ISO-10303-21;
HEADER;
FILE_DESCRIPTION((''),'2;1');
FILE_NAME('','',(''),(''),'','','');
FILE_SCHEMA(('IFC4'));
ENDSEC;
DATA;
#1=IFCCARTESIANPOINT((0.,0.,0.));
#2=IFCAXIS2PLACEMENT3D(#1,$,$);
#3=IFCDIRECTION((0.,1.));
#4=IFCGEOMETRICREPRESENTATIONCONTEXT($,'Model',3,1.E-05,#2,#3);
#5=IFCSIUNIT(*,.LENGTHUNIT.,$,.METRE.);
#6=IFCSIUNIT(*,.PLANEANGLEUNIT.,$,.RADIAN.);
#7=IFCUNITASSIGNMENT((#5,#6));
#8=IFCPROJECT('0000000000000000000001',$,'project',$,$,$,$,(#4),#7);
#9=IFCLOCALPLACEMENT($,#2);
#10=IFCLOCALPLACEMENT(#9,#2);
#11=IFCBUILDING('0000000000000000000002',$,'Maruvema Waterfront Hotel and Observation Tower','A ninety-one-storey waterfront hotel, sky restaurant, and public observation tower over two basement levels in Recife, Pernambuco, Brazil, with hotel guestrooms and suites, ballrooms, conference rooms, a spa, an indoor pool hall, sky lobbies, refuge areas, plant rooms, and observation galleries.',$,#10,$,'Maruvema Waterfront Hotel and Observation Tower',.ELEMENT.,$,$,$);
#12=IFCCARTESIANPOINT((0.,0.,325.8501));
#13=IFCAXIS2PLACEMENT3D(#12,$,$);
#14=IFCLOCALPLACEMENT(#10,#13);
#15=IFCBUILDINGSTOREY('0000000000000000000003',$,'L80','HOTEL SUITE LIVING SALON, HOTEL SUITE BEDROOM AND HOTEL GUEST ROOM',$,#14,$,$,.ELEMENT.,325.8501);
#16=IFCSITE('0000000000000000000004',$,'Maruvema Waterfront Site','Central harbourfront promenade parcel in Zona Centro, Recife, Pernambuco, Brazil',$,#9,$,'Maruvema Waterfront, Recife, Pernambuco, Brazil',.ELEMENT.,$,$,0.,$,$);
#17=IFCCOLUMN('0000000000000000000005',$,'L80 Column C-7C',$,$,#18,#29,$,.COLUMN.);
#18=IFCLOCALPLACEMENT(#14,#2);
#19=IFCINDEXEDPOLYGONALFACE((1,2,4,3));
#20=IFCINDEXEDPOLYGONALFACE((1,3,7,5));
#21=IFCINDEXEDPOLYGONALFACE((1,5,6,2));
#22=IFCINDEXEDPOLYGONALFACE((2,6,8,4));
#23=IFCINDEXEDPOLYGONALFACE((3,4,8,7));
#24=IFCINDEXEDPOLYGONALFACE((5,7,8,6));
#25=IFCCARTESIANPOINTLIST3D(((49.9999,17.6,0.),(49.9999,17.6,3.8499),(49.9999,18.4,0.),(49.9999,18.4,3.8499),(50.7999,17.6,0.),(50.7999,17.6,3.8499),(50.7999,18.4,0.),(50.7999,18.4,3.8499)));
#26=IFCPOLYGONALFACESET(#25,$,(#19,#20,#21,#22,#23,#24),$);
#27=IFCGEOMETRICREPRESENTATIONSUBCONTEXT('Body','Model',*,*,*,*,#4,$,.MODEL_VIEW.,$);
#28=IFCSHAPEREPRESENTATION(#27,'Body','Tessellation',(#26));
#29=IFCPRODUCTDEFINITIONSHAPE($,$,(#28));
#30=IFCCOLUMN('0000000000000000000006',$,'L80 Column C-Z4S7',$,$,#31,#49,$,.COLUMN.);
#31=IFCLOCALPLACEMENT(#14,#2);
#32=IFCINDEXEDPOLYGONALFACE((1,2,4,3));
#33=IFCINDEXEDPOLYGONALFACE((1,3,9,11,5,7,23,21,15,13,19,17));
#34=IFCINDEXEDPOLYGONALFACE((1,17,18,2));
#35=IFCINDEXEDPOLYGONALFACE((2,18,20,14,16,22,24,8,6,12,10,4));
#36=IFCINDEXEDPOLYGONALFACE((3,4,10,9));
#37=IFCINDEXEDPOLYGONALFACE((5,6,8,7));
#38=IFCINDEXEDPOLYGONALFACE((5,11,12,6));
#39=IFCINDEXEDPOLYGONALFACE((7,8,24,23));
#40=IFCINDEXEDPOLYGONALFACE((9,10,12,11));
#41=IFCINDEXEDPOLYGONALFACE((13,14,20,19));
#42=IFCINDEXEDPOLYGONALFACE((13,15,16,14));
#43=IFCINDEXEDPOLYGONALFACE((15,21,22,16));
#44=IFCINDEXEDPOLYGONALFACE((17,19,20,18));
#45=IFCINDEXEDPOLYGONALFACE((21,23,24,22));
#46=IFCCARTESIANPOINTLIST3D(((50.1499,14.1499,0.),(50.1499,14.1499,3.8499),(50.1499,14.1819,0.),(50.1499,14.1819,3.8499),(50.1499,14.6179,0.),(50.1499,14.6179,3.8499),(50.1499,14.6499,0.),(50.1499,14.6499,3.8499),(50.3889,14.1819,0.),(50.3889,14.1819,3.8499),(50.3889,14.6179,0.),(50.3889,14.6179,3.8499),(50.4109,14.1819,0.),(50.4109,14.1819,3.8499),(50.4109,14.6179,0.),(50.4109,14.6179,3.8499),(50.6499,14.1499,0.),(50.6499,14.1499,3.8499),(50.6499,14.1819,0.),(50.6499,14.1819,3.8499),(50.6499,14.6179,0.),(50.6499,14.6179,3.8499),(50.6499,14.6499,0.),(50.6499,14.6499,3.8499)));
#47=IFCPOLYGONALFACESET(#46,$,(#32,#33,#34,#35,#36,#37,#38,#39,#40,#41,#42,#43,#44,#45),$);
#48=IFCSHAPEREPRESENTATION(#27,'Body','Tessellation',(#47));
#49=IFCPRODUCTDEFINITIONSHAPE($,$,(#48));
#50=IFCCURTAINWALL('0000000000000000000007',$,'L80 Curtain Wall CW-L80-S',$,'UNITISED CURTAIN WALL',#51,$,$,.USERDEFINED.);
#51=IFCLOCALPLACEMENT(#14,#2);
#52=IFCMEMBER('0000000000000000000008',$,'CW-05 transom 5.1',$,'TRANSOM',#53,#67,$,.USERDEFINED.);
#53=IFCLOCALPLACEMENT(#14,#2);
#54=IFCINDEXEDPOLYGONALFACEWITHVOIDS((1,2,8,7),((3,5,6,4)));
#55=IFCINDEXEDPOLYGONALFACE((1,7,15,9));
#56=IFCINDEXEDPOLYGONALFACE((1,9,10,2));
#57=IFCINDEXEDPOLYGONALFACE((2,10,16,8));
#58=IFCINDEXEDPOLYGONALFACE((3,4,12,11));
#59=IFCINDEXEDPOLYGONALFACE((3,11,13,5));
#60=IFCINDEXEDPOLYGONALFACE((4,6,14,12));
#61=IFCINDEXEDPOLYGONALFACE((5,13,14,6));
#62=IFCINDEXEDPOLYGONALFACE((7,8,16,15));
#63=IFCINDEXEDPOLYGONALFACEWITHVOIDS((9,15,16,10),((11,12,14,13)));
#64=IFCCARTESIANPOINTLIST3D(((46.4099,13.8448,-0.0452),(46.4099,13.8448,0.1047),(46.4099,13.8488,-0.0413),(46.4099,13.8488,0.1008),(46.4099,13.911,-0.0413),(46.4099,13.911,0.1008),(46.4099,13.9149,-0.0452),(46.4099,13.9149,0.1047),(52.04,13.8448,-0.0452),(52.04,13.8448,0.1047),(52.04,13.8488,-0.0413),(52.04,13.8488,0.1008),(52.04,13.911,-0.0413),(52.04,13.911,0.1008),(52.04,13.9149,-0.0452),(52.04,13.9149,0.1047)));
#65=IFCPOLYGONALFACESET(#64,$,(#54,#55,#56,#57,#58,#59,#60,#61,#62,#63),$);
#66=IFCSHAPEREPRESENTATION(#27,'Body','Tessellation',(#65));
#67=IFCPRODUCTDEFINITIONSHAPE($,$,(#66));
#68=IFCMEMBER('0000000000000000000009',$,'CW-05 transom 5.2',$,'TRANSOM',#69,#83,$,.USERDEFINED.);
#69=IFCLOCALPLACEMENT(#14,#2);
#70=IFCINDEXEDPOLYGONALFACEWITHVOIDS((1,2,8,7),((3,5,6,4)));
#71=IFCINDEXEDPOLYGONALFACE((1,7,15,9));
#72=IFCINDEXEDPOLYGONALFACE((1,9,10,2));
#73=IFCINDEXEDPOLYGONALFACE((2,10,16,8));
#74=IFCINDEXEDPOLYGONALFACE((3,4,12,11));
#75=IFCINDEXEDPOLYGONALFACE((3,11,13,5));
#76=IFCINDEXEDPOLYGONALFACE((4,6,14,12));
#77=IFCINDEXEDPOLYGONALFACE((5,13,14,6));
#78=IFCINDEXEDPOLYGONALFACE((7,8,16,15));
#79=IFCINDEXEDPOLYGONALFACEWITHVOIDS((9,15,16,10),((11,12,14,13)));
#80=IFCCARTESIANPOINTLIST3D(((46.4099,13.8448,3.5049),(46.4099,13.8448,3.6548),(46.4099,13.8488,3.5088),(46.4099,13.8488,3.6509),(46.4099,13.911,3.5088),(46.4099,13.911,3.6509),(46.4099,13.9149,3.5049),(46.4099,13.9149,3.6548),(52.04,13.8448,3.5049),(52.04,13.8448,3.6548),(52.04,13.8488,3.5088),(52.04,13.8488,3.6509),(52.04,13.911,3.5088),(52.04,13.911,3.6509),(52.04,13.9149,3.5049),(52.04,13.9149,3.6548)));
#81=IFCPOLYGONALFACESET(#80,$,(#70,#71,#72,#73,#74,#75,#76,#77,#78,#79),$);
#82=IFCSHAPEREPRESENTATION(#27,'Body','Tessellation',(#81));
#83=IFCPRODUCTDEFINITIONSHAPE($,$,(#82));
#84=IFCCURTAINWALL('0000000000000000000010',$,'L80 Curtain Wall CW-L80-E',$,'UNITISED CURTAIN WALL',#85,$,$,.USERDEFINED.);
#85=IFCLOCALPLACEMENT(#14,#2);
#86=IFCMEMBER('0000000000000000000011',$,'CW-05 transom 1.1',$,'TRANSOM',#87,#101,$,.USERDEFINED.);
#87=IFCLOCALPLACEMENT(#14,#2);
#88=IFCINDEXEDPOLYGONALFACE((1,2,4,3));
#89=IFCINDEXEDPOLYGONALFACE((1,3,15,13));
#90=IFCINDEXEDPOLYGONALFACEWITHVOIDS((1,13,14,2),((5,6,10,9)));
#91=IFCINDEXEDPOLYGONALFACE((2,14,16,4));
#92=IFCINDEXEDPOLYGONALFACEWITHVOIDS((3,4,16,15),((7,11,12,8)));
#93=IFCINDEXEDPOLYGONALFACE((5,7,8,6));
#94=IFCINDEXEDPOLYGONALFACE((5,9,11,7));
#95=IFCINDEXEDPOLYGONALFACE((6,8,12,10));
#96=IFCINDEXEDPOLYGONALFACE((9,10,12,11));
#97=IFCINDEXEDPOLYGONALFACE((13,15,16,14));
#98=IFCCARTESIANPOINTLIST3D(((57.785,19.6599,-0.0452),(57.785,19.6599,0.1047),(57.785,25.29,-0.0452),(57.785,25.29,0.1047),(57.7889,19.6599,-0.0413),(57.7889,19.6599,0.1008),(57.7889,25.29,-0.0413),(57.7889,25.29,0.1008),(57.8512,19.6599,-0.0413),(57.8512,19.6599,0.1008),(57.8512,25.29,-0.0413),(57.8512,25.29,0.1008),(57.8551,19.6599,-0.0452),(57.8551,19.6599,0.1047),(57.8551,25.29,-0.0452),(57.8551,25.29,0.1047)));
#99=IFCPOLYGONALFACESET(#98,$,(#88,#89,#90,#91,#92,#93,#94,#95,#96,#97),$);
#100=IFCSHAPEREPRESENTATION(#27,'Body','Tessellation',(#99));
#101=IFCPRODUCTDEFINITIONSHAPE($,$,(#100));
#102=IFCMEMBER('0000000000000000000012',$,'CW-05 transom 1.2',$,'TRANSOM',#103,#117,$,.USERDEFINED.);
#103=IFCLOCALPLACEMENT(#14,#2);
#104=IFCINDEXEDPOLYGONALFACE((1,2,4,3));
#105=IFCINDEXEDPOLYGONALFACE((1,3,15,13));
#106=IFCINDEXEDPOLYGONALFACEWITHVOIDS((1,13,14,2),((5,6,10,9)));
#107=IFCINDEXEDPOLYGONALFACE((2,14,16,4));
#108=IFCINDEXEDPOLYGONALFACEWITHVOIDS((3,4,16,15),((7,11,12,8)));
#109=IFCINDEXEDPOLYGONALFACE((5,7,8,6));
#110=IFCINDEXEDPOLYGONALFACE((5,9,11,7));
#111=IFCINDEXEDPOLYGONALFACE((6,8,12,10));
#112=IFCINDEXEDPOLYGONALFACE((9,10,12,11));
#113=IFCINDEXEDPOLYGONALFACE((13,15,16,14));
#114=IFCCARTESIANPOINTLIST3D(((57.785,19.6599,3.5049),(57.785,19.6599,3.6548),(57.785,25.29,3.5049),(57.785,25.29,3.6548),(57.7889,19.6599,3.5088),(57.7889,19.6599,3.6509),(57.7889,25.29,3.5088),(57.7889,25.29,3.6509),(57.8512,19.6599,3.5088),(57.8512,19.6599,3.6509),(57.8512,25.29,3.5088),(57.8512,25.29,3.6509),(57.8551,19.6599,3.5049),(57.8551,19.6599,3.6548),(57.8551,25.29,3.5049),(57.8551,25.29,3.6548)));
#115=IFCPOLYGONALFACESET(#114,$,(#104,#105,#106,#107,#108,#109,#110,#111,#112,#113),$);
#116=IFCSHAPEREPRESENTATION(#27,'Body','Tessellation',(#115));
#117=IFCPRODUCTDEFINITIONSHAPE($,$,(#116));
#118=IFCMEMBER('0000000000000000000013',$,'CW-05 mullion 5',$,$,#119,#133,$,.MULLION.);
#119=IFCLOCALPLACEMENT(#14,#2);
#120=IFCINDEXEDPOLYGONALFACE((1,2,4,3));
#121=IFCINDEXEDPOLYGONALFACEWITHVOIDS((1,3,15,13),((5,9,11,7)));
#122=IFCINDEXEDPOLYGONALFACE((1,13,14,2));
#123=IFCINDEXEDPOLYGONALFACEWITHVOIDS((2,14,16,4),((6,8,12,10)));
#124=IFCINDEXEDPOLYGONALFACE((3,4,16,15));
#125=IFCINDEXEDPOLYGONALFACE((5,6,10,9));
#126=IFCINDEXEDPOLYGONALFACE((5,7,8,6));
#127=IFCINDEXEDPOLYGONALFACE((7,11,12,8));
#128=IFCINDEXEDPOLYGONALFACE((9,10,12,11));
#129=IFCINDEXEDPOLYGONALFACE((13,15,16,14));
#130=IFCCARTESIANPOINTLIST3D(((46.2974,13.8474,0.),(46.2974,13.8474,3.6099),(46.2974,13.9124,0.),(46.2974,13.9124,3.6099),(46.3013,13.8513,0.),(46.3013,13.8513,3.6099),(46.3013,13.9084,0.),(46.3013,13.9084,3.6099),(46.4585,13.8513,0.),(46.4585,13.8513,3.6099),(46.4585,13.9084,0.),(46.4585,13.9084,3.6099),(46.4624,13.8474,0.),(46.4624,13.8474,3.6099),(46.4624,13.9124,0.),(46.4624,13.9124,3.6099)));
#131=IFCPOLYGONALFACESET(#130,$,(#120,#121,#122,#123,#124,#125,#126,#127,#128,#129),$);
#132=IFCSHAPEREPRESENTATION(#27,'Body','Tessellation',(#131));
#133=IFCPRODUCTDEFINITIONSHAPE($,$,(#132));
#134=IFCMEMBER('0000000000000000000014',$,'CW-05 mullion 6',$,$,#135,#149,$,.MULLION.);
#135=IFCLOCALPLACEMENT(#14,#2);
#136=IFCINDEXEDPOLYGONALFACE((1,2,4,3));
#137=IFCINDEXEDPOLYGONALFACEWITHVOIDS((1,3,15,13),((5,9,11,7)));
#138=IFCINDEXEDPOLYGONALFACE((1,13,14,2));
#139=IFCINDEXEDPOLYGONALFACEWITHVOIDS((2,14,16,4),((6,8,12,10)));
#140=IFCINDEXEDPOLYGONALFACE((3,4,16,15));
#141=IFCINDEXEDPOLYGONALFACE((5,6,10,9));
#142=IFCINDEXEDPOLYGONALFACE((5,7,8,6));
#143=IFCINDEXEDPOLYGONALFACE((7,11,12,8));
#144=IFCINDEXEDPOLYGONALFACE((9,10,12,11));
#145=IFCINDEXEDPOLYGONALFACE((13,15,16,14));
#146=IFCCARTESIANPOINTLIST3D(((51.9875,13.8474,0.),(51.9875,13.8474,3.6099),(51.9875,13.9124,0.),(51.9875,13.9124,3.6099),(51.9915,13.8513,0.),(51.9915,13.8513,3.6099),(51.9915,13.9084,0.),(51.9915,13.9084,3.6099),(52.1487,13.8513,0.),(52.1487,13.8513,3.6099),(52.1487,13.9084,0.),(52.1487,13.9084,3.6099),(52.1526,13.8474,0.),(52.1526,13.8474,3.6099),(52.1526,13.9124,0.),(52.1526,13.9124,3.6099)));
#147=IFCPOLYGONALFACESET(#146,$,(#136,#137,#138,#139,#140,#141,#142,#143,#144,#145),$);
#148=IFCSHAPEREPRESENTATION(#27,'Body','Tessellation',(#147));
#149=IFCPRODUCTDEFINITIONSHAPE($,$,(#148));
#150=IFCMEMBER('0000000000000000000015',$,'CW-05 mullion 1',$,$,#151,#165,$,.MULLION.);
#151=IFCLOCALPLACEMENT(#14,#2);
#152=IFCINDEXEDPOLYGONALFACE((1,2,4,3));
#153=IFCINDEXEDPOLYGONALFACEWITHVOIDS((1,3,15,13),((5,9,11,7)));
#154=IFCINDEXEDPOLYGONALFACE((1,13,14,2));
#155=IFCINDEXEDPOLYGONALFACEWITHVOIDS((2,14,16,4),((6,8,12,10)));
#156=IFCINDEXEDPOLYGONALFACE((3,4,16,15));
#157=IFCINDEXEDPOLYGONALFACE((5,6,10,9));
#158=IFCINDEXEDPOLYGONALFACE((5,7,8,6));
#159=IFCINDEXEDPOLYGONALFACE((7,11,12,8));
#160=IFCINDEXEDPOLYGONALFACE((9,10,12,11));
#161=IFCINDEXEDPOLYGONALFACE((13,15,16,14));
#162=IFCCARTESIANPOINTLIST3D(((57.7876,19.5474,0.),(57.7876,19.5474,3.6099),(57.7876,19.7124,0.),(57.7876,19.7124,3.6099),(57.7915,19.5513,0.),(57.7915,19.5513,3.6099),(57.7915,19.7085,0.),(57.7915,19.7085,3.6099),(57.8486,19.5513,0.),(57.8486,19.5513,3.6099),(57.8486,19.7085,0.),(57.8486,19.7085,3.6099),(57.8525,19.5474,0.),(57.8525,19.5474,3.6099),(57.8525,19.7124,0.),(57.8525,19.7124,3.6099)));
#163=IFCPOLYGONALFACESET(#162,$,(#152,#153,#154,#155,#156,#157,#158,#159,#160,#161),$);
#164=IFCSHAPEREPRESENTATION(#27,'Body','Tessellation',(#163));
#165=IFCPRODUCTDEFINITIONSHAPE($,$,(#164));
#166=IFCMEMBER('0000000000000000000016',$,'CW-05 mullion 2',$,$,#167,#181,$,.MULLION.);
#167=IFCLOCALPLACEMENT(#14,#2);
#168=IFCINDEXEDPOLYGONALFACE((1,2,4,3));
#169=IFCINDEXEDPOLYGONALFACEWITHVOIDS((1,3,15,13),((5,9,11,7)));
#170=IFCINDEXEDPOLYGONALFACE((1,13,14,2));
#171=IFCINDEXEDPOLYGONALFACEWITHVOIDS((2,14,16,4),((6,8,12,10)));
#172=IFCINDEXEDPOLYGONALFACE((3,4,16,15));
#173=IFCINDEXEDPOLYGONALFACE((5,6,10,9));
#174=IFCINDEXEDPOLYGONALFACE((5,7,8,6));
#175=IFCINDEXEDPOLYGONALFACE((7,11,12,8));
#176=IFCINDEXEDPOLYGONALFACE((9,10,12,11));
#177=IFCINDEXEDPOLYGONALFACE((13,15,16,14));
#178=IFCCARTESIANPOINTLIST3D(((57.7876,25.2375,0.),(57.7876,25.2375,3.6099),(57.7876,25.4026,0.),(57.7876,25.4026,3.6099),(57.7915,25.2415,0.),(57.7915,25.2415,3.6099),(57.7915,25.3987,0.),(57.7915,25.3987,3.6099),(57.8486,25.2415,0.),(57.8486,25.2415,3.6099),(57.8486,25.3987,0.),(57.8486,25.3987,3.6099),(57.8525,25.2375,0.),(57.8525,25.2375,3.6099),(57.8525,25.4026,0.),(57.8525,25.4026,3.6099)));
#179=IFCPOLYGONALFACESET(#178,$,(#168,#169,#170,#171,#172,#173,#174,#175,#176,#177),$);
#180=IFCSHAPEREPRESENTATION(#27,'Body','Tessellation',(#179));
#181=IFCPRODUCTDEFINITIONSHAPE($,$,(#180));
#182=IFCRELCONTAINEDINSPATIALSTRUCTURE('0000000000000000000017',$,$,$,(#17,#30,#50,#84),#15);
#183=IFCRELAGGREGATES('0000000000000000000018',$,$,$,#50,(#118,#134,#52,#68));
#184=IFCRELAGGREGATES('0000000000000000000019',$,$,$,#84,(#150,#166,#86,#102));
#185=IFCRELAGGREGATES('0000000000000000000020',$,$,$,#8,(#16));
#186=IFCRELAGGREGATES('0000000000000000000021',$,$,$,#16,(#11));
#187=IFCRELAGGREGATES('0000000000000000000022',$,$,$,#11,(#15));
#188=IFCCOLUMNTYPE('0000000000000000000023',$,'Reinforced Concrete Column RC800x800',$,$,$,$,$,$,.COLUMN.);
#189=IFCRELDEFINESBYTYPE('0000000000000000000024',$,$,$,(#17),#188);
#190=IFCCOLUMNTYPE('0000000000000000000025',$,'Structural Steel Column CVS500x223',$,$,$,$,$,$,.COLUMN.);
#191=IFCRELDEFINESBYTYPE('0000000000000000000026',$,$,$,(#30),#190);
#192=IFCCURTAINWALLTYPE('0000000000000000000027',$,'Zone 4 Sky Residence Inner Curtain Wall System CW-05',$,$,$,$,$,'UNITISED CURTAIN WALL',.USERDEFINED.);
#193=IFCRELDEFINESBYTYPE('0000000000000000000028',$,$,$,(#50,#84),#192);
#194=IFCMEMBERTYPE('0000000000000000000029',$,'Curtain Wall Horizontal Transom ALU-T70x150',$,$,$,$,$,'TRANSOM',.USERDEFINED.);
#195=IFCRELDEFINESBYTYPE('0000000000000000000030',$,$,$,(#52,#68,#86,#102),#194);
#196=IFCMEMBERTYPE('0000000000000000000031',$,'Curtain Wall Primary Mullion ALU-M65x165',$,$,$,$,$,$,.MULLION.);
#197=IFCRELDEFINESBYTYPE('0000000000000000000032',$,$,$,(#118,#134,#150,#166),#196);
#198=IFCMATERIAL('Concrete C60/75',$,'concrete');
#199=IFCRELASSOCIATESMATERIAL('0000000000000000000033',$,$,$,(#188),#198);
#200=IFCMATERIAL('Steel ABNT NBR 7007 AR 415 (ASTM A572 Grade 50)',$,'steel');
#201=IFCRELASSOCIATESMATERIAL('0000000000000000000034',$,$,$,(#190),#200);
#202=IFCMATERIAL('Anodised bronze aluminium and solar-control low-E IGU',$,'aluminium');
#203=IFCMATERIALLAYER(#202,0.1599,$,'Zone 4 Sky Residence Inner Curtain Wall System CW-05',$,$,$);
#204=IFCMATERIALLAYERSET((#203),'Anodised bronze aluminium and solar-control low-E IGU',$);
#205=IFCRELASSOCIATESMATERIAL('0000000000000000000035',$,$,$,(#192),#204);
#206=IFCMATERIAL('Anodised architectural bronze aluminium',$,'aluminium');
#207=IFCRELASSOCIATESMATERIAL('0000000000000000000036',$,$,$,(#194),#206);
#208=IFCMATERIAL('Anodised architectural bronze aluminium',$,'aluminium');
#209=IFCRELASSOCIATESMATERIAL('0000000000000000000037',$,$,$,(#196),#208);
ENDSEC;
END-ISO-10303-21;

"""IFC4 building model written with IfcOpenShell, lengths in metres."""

from ifc_helpers import new_model, si_unit, direction, frame, origin, origin_2d, place, context, subcontext, project, spatial, rectangle, hollow_rectangle, i_section, extrude, material, layer, layer_set, material_profile, profile_set, type_object, element, aggregate, save


model = new_model("IFC4")

# Units and contexts
model_context = context("Model", 3, precision=1e-05, world=origin(), true_north=direction((0.0, 1.0)))
body_context = subcontext(model_context, "Body", "Model", "MODEL_VIEW")
ifc_project = project(units=[si_unit("LENGTHUNIT", "METRE"), si_unit("PLANEANGLEUNIT", "RADIAN")], contexts=[model_context])

# Site, building, storey
site_placement = place(None, origin())
site = spatial("IfcSite", under=ifc_project, at=site_placement, Name="Maruvema Waterfront Site", Description="Central harbourfront promenade parcel in Zona Centro, Recife, Pernambuco, Brazil", LongName="Maruvema Waterfront, Recife, Pernambuco, Brazil", CompositionType="ELEMENT", RefElevation=0.0)
building_placement = place(site_placement, origin())
building = spatial("IfcBuilding", under=site, at=building_placement, Name="Maruvema Waterfront Hotel and Observation Tower", Description="A ninety-one-storey waterfront hotel, sky restaurant, and public observation tower over two basement levels in Recife, Pernambuco, Brazil, with hotel guestrooms and suites, ballrooms, conference rooms, a spa, an indoor pool hall, sky lobbies, refuge areas, plant rooms, and observation galleries.", LongName="Maruvema Waterfront Hotel and Observation Tower", CompositionType="ELEMENT")
storey_placement = place(building_placement, frame((0.0, 0.0, 325.8501)))
storey = spatial("IfcBuildingStorey", under=building, at=storey_placement, Name="L80", Description="HOTEL SUITE LIVING SALON, HOTEL SUITE BEDROOM AND HOTEL GUEST ROOM", CompositionType="ELEMENT", Elevation=325.8501)

# Columns
ifc_material_1 = material(Name="Concrete C60/75", Category="concrete")
ifc_material_profile_1 = material_profile(ifc_material_1, rectangle(XDim=0.8, YDim=0.8, at=origin_2d()), Name="RC800x800")
ifc_profile_set_1 = profile_set([ifc_material_profile_1], Name="Concrete C60/75")
column_type_1 = type_object("IfcColumnType", Name="Reinforced Concrete Column RC800x800", PredefinedType="COLUMN", material=ifc_profile_set_1)
column_1_placement = place(storey_placement, frame((50.3999, 18.0, 0.0), z_axis=(0.0, 0.0, 1.0), x_axis=(1.0, 0.0, 0.0)))
element("IfcColumn", 1, at=column_1_placement, inside=storey, type_object=column_type_1, Name="L80 Column C-7C", PredefinedType="COLUMN", context=body_context, shape_type="SweptSolid", body=[
    extrude(rectangle(XDim=0.8, YDim=0.8, at=origin_2d()), origin(), (0.0, 0.0, 1.0), 3.8499),
])
ifc_material_2 = material(Name="Steel ABNT NBR 7007 AR 415 (ASTM A572 Grade 50)", Category="steel")
ifc_material_profile_2 = material_profile(ifc_material_2, i_section(OverallWidth=0.5, OverallDepth=0.5, WebThickness=0.022, FlangeThickness=0.032, at=origin_2d()), Name="CVS500x223")
ifc_profile_set_2 = profile_set([ifc_material_profile_2], Name="Steel ABNT NBR 7007 AR 415 (ASTM A572 Grade 50)")
column_type_2 = type_object("IfcColumnType", Name="Structural Steel Column CVS500x223", PredefinedType="COLUMN", material=ifc_profile_set_2)
column_2_placement = place(storey_placement, frame((50.3999, 14.3999, 0.0), z_axis=(0.0, 0.0, 1.0), x_axis=(1.0, 0.0, 0.0)))
element("IfcColumn", 2, at=column_2_placement, inside=storey, type_object=column_type_2, Name="L80 Column C-Z4S7", PredefinedType="COLUMN", context=body_context, shape_type="SweptSolid", body=[
    extrude(i_section(OverallWidth=0.5, OverallDepth=0.5, WebThickness=0.022, FlangeThickness=0.032, at=origin_2d()), origin(), (0.0, 0.0, 1.0), 3.8499),
])

# Curtain walls, members
ifc_material_3 = material(Name="Anodised bronze aluminium and solar-control low-E IGU", Category="aluminium")
ifc_layer_1 = layer(ifc_material_3, 0.1599, Name="Zone 4 Sky Residence Inner Curtain Wall System CW-05")
ifc_layer_set_1 = layer_set([ifc_layer_1], Name="Anodised bronze aluminium and solar-control low-E IGU")
curtain_wall_type = type_object("IfcCurtainWallType", Name="Zone 4 Sky Residence Inner Curtain Wall System CW-05", ElementType="UNITISED CURTAIN WALL", PredefinedType="USERDEFINED", material=ifc_layer_set_1)
curtain_wall_1_placement = place(storey_placement, origin())
curtain_wall_1 = element("IfcCurtainWall", 3, at=curtain_wall_1_placement, inside=storey, type_object=curtain_wall_type, Name="L80 Curtain Wall CW-L80-S", ObjectType="UNITISED CURTAIN WALL", PredefinedType="USERDEFINED")
ifc_material_4 = material(Name="Anodised architectural bronze aluminium", Category="aluminium")
ifc_material_profile_3 = material_profile(ifc_material_4, hollow_rectangle(XDim=0.0701, YDim=0.1499, WallThickness=0.0039, at=origin_2d()), Name="ALU-T70x150")
ifc_profile_set_3 = profile_set([ifc_material_profile_3], Name="Anodised architectural bronze aluminium")
member_type_1 = type_object("IfcMemberType", Name="Curtain Wall Horizontal Transom ALU-T70x150", ElementType="TRANSOM", PredefinedType="USERDEFINED", material=ifc_profile_set_3)
member_1_placement = place(storey_placement, frame((46.4099, 13.8799, 0.0298), z_axis=(1.0, 0.0, 0.0), x_axis=(0.0, 1.0, 0.0)))
member_1 = element("IfcMember", 4, at=member_1_placement, type_object=member_type_1, Name="CW-05 transom 5.1", ObjectType="TRANSOM", PredefinedType="USERDEFINED", context=body_context, shape_type="SweptSolid", body=[
    extrude(hollow_rectangle(XDim=0.0701, YDim=0.1499, WallThickness=0.0039, at=origin_2d()), origin(), (0.0, 0.0, 1.0), 5.6301),
])
member_2_placement = place(storey_placement, frame((46.4099, 13.8799, 3.5798), z_axis=(1.0, 0.0, 0.0), x_axis=(0.0, 1.0, 0.0)))
member_2 = element("IfcMember", 5, at=member_2_placement, type_object=member_type_1, Name="CW-05 transom 5.2", ObjectType="TRANSOM", PredefinedType="USERDEFINED", context=body_context, shape_type="SweptSolid", body=[
    extrude(hollow_rectangle(XDim=0.0701, YDim=0.1499, WallThickness=0.0039, at=origin_2d()), origin(), (0.0, 0.0, 1.0), 5.6301),
])
curtain_wall_2_placement = place(storey_placement, origin())
curtain_wall_2 = element("IfcCurtainWall", 6, at=curtain_wall_2_placement, inside=storey, type_object=curtain_wall_type, Name="L80 Curtain Wall CW-L80-E", ObjectType="UNITISED CURTAIN WALL", PredefinedType="USERDEFINED")
member_3_placement = place(storey_placement, frame((57.8201, 19.6599, 0.0298), z_axis=(0.0, 1.0, 0.0), x_axis=(-1.0, 0.0, 0.0)))
member_3 = element("IfcMember", 7, at=member_3_placement, type_object=member_type_1, Name="CW-05 transom 1.1", ObjectType="TRANSOM", PredefinedType="USERDEFINED", context=body_context, shape_type="SweptSolid", body=[
    extrude(hollow_rectangle(XDim=0.0701, YDim=0.1499, WallThickness=0.0039, at=origin_2d()), origin(), (0.0, 0.0, 1.0), 5.6301),
])
member_4_placement = place(storey_placement, frame((57.8201, 19.6599, 3.5798), z_axis=(0.0, 1.0, 0.0), x_axis=(-1.0, 0.0, 0.0)))
member_4 = element("IfcMember", 8, at=member_4_placement, type_object=member_type_1, Name="CW-05 transom 1.2", ObjectType="TRANSOM", PredefinedType="USERDEFINED", context=body_context, shape_type="SweptSolid", body=[
    extrude(hollow_rectangle(XDim=0.0701, YDim=0.1499, WallThickness=0.0039, at=origin_2d()), origin(), (0.0, 0.0, 1.0), 5.6301),
])

# Members
ifc_material_5 = material(Name="Anodised architectural bronze aluminium", Category="aluminium")
ifc_material_profile_4 = material_profile(ifc_material_5, hollow_rectangle(XDim=0.0649, YDim=0.165, WallThickness=0.0039, at=origin_2d()), Name="ALU-M65x165")
ifc_profile_set_4 = profile_set([ifc_material_profile_4], Name="Anodised architectural bronze aluminium")
member_type_2 = type_object("IfcMemberType", Name="Curtain Wall Primary Mullion ALU-M65x165", PredefinedType="MULLION", material=ifc_profile_set_4)
member_5_placement = place(storey_placement, frame((46.3799, 13.8799, 0.0), z_axis=(0.0, 0.0, 1.0), x_axis=(0.0, 1.0, 0.0)))
member_5 = element("IfcMember", 9, at=member_5_placement, type_object=member_type_2, Name="CW-05 mullion 5", PredefinedType="MULLION", context=body_context, shape_type="SweptSolid", body=[
    extrude(hollow_rectangle(XDim=0.0649, YDim=0.165, WallThickness=0.0039, at=origin_2d()), origin(), (0.0, 0.0, 1.0), 3.6099),
])
member_6_placement = place(storey_placement, frame((52.0701, 13.8799, 0.0), z_axis=(0.0, 0.0, 1.0), x_axis=(0.0, 1.0, 0.0)))
member_6 = element("IfcMember", 10, at=member_6_placement, type_object=member_type_2, Name="CW-05 mullion 6", PredefinedType="MULLION", context=body_context, shape_type="SweptSolid", body=[
    extrude(hollow_rectangle(XDim=0.0649, YDim=0.165, WallThickness=0.0039, at=origin_2d()), origin(), (0.0, 0.0, 1.0), 3.6099),
])
member_7_placement = place(storey_placement, frame((57.8201, 19.6299, 0.0), z_axis=(0.0, 0.0, 1.0), x_axis=(-1.0, 0.0, 0.0)))
member_7 = element("IfcMember", 11, at=member_7_placement, type_object=member_type_2, Name="CW-05 mullion 1", PredefinedType="MULLION", context=body_context, shape_type="SweptSolid", body=[
    extrude(hollow_rectangle(XDim=0.0649, YDim=0.165, WallThickness=0.0039, at=origin_2d()), origin(), (0.0, 0.0, 1.0), 3.6099),
])
member_8_placement = place(storey_placement, frame((57.8201, 25.3201, 0.0), z_axis=(0.0, 0.0, 1.0), x_axis=(-1.0, 0.0, 0.0)))
member_8 = element("IfcMember", 12, at=member_8_placement, type_object=member_type_2, Name="CW-05 mullion 2", PredefinedType="MULLION", context=body_context, shape_type="SweptSolid", body=[
    extrude(hollow_rectangle(XDim=0.0649, YDim=0.165, WallThickness=0.0039, at=origin_2d()), origin(), (0.0, 0.0, 1.0), 3.6099),
])

aggregate(curtain_wall_1, [member_5, member_6, member_1, member_2])
aggregate(curtain_wall_2, [member_7, member_8, member_3, member_4])

save(model, "model.ifc")
